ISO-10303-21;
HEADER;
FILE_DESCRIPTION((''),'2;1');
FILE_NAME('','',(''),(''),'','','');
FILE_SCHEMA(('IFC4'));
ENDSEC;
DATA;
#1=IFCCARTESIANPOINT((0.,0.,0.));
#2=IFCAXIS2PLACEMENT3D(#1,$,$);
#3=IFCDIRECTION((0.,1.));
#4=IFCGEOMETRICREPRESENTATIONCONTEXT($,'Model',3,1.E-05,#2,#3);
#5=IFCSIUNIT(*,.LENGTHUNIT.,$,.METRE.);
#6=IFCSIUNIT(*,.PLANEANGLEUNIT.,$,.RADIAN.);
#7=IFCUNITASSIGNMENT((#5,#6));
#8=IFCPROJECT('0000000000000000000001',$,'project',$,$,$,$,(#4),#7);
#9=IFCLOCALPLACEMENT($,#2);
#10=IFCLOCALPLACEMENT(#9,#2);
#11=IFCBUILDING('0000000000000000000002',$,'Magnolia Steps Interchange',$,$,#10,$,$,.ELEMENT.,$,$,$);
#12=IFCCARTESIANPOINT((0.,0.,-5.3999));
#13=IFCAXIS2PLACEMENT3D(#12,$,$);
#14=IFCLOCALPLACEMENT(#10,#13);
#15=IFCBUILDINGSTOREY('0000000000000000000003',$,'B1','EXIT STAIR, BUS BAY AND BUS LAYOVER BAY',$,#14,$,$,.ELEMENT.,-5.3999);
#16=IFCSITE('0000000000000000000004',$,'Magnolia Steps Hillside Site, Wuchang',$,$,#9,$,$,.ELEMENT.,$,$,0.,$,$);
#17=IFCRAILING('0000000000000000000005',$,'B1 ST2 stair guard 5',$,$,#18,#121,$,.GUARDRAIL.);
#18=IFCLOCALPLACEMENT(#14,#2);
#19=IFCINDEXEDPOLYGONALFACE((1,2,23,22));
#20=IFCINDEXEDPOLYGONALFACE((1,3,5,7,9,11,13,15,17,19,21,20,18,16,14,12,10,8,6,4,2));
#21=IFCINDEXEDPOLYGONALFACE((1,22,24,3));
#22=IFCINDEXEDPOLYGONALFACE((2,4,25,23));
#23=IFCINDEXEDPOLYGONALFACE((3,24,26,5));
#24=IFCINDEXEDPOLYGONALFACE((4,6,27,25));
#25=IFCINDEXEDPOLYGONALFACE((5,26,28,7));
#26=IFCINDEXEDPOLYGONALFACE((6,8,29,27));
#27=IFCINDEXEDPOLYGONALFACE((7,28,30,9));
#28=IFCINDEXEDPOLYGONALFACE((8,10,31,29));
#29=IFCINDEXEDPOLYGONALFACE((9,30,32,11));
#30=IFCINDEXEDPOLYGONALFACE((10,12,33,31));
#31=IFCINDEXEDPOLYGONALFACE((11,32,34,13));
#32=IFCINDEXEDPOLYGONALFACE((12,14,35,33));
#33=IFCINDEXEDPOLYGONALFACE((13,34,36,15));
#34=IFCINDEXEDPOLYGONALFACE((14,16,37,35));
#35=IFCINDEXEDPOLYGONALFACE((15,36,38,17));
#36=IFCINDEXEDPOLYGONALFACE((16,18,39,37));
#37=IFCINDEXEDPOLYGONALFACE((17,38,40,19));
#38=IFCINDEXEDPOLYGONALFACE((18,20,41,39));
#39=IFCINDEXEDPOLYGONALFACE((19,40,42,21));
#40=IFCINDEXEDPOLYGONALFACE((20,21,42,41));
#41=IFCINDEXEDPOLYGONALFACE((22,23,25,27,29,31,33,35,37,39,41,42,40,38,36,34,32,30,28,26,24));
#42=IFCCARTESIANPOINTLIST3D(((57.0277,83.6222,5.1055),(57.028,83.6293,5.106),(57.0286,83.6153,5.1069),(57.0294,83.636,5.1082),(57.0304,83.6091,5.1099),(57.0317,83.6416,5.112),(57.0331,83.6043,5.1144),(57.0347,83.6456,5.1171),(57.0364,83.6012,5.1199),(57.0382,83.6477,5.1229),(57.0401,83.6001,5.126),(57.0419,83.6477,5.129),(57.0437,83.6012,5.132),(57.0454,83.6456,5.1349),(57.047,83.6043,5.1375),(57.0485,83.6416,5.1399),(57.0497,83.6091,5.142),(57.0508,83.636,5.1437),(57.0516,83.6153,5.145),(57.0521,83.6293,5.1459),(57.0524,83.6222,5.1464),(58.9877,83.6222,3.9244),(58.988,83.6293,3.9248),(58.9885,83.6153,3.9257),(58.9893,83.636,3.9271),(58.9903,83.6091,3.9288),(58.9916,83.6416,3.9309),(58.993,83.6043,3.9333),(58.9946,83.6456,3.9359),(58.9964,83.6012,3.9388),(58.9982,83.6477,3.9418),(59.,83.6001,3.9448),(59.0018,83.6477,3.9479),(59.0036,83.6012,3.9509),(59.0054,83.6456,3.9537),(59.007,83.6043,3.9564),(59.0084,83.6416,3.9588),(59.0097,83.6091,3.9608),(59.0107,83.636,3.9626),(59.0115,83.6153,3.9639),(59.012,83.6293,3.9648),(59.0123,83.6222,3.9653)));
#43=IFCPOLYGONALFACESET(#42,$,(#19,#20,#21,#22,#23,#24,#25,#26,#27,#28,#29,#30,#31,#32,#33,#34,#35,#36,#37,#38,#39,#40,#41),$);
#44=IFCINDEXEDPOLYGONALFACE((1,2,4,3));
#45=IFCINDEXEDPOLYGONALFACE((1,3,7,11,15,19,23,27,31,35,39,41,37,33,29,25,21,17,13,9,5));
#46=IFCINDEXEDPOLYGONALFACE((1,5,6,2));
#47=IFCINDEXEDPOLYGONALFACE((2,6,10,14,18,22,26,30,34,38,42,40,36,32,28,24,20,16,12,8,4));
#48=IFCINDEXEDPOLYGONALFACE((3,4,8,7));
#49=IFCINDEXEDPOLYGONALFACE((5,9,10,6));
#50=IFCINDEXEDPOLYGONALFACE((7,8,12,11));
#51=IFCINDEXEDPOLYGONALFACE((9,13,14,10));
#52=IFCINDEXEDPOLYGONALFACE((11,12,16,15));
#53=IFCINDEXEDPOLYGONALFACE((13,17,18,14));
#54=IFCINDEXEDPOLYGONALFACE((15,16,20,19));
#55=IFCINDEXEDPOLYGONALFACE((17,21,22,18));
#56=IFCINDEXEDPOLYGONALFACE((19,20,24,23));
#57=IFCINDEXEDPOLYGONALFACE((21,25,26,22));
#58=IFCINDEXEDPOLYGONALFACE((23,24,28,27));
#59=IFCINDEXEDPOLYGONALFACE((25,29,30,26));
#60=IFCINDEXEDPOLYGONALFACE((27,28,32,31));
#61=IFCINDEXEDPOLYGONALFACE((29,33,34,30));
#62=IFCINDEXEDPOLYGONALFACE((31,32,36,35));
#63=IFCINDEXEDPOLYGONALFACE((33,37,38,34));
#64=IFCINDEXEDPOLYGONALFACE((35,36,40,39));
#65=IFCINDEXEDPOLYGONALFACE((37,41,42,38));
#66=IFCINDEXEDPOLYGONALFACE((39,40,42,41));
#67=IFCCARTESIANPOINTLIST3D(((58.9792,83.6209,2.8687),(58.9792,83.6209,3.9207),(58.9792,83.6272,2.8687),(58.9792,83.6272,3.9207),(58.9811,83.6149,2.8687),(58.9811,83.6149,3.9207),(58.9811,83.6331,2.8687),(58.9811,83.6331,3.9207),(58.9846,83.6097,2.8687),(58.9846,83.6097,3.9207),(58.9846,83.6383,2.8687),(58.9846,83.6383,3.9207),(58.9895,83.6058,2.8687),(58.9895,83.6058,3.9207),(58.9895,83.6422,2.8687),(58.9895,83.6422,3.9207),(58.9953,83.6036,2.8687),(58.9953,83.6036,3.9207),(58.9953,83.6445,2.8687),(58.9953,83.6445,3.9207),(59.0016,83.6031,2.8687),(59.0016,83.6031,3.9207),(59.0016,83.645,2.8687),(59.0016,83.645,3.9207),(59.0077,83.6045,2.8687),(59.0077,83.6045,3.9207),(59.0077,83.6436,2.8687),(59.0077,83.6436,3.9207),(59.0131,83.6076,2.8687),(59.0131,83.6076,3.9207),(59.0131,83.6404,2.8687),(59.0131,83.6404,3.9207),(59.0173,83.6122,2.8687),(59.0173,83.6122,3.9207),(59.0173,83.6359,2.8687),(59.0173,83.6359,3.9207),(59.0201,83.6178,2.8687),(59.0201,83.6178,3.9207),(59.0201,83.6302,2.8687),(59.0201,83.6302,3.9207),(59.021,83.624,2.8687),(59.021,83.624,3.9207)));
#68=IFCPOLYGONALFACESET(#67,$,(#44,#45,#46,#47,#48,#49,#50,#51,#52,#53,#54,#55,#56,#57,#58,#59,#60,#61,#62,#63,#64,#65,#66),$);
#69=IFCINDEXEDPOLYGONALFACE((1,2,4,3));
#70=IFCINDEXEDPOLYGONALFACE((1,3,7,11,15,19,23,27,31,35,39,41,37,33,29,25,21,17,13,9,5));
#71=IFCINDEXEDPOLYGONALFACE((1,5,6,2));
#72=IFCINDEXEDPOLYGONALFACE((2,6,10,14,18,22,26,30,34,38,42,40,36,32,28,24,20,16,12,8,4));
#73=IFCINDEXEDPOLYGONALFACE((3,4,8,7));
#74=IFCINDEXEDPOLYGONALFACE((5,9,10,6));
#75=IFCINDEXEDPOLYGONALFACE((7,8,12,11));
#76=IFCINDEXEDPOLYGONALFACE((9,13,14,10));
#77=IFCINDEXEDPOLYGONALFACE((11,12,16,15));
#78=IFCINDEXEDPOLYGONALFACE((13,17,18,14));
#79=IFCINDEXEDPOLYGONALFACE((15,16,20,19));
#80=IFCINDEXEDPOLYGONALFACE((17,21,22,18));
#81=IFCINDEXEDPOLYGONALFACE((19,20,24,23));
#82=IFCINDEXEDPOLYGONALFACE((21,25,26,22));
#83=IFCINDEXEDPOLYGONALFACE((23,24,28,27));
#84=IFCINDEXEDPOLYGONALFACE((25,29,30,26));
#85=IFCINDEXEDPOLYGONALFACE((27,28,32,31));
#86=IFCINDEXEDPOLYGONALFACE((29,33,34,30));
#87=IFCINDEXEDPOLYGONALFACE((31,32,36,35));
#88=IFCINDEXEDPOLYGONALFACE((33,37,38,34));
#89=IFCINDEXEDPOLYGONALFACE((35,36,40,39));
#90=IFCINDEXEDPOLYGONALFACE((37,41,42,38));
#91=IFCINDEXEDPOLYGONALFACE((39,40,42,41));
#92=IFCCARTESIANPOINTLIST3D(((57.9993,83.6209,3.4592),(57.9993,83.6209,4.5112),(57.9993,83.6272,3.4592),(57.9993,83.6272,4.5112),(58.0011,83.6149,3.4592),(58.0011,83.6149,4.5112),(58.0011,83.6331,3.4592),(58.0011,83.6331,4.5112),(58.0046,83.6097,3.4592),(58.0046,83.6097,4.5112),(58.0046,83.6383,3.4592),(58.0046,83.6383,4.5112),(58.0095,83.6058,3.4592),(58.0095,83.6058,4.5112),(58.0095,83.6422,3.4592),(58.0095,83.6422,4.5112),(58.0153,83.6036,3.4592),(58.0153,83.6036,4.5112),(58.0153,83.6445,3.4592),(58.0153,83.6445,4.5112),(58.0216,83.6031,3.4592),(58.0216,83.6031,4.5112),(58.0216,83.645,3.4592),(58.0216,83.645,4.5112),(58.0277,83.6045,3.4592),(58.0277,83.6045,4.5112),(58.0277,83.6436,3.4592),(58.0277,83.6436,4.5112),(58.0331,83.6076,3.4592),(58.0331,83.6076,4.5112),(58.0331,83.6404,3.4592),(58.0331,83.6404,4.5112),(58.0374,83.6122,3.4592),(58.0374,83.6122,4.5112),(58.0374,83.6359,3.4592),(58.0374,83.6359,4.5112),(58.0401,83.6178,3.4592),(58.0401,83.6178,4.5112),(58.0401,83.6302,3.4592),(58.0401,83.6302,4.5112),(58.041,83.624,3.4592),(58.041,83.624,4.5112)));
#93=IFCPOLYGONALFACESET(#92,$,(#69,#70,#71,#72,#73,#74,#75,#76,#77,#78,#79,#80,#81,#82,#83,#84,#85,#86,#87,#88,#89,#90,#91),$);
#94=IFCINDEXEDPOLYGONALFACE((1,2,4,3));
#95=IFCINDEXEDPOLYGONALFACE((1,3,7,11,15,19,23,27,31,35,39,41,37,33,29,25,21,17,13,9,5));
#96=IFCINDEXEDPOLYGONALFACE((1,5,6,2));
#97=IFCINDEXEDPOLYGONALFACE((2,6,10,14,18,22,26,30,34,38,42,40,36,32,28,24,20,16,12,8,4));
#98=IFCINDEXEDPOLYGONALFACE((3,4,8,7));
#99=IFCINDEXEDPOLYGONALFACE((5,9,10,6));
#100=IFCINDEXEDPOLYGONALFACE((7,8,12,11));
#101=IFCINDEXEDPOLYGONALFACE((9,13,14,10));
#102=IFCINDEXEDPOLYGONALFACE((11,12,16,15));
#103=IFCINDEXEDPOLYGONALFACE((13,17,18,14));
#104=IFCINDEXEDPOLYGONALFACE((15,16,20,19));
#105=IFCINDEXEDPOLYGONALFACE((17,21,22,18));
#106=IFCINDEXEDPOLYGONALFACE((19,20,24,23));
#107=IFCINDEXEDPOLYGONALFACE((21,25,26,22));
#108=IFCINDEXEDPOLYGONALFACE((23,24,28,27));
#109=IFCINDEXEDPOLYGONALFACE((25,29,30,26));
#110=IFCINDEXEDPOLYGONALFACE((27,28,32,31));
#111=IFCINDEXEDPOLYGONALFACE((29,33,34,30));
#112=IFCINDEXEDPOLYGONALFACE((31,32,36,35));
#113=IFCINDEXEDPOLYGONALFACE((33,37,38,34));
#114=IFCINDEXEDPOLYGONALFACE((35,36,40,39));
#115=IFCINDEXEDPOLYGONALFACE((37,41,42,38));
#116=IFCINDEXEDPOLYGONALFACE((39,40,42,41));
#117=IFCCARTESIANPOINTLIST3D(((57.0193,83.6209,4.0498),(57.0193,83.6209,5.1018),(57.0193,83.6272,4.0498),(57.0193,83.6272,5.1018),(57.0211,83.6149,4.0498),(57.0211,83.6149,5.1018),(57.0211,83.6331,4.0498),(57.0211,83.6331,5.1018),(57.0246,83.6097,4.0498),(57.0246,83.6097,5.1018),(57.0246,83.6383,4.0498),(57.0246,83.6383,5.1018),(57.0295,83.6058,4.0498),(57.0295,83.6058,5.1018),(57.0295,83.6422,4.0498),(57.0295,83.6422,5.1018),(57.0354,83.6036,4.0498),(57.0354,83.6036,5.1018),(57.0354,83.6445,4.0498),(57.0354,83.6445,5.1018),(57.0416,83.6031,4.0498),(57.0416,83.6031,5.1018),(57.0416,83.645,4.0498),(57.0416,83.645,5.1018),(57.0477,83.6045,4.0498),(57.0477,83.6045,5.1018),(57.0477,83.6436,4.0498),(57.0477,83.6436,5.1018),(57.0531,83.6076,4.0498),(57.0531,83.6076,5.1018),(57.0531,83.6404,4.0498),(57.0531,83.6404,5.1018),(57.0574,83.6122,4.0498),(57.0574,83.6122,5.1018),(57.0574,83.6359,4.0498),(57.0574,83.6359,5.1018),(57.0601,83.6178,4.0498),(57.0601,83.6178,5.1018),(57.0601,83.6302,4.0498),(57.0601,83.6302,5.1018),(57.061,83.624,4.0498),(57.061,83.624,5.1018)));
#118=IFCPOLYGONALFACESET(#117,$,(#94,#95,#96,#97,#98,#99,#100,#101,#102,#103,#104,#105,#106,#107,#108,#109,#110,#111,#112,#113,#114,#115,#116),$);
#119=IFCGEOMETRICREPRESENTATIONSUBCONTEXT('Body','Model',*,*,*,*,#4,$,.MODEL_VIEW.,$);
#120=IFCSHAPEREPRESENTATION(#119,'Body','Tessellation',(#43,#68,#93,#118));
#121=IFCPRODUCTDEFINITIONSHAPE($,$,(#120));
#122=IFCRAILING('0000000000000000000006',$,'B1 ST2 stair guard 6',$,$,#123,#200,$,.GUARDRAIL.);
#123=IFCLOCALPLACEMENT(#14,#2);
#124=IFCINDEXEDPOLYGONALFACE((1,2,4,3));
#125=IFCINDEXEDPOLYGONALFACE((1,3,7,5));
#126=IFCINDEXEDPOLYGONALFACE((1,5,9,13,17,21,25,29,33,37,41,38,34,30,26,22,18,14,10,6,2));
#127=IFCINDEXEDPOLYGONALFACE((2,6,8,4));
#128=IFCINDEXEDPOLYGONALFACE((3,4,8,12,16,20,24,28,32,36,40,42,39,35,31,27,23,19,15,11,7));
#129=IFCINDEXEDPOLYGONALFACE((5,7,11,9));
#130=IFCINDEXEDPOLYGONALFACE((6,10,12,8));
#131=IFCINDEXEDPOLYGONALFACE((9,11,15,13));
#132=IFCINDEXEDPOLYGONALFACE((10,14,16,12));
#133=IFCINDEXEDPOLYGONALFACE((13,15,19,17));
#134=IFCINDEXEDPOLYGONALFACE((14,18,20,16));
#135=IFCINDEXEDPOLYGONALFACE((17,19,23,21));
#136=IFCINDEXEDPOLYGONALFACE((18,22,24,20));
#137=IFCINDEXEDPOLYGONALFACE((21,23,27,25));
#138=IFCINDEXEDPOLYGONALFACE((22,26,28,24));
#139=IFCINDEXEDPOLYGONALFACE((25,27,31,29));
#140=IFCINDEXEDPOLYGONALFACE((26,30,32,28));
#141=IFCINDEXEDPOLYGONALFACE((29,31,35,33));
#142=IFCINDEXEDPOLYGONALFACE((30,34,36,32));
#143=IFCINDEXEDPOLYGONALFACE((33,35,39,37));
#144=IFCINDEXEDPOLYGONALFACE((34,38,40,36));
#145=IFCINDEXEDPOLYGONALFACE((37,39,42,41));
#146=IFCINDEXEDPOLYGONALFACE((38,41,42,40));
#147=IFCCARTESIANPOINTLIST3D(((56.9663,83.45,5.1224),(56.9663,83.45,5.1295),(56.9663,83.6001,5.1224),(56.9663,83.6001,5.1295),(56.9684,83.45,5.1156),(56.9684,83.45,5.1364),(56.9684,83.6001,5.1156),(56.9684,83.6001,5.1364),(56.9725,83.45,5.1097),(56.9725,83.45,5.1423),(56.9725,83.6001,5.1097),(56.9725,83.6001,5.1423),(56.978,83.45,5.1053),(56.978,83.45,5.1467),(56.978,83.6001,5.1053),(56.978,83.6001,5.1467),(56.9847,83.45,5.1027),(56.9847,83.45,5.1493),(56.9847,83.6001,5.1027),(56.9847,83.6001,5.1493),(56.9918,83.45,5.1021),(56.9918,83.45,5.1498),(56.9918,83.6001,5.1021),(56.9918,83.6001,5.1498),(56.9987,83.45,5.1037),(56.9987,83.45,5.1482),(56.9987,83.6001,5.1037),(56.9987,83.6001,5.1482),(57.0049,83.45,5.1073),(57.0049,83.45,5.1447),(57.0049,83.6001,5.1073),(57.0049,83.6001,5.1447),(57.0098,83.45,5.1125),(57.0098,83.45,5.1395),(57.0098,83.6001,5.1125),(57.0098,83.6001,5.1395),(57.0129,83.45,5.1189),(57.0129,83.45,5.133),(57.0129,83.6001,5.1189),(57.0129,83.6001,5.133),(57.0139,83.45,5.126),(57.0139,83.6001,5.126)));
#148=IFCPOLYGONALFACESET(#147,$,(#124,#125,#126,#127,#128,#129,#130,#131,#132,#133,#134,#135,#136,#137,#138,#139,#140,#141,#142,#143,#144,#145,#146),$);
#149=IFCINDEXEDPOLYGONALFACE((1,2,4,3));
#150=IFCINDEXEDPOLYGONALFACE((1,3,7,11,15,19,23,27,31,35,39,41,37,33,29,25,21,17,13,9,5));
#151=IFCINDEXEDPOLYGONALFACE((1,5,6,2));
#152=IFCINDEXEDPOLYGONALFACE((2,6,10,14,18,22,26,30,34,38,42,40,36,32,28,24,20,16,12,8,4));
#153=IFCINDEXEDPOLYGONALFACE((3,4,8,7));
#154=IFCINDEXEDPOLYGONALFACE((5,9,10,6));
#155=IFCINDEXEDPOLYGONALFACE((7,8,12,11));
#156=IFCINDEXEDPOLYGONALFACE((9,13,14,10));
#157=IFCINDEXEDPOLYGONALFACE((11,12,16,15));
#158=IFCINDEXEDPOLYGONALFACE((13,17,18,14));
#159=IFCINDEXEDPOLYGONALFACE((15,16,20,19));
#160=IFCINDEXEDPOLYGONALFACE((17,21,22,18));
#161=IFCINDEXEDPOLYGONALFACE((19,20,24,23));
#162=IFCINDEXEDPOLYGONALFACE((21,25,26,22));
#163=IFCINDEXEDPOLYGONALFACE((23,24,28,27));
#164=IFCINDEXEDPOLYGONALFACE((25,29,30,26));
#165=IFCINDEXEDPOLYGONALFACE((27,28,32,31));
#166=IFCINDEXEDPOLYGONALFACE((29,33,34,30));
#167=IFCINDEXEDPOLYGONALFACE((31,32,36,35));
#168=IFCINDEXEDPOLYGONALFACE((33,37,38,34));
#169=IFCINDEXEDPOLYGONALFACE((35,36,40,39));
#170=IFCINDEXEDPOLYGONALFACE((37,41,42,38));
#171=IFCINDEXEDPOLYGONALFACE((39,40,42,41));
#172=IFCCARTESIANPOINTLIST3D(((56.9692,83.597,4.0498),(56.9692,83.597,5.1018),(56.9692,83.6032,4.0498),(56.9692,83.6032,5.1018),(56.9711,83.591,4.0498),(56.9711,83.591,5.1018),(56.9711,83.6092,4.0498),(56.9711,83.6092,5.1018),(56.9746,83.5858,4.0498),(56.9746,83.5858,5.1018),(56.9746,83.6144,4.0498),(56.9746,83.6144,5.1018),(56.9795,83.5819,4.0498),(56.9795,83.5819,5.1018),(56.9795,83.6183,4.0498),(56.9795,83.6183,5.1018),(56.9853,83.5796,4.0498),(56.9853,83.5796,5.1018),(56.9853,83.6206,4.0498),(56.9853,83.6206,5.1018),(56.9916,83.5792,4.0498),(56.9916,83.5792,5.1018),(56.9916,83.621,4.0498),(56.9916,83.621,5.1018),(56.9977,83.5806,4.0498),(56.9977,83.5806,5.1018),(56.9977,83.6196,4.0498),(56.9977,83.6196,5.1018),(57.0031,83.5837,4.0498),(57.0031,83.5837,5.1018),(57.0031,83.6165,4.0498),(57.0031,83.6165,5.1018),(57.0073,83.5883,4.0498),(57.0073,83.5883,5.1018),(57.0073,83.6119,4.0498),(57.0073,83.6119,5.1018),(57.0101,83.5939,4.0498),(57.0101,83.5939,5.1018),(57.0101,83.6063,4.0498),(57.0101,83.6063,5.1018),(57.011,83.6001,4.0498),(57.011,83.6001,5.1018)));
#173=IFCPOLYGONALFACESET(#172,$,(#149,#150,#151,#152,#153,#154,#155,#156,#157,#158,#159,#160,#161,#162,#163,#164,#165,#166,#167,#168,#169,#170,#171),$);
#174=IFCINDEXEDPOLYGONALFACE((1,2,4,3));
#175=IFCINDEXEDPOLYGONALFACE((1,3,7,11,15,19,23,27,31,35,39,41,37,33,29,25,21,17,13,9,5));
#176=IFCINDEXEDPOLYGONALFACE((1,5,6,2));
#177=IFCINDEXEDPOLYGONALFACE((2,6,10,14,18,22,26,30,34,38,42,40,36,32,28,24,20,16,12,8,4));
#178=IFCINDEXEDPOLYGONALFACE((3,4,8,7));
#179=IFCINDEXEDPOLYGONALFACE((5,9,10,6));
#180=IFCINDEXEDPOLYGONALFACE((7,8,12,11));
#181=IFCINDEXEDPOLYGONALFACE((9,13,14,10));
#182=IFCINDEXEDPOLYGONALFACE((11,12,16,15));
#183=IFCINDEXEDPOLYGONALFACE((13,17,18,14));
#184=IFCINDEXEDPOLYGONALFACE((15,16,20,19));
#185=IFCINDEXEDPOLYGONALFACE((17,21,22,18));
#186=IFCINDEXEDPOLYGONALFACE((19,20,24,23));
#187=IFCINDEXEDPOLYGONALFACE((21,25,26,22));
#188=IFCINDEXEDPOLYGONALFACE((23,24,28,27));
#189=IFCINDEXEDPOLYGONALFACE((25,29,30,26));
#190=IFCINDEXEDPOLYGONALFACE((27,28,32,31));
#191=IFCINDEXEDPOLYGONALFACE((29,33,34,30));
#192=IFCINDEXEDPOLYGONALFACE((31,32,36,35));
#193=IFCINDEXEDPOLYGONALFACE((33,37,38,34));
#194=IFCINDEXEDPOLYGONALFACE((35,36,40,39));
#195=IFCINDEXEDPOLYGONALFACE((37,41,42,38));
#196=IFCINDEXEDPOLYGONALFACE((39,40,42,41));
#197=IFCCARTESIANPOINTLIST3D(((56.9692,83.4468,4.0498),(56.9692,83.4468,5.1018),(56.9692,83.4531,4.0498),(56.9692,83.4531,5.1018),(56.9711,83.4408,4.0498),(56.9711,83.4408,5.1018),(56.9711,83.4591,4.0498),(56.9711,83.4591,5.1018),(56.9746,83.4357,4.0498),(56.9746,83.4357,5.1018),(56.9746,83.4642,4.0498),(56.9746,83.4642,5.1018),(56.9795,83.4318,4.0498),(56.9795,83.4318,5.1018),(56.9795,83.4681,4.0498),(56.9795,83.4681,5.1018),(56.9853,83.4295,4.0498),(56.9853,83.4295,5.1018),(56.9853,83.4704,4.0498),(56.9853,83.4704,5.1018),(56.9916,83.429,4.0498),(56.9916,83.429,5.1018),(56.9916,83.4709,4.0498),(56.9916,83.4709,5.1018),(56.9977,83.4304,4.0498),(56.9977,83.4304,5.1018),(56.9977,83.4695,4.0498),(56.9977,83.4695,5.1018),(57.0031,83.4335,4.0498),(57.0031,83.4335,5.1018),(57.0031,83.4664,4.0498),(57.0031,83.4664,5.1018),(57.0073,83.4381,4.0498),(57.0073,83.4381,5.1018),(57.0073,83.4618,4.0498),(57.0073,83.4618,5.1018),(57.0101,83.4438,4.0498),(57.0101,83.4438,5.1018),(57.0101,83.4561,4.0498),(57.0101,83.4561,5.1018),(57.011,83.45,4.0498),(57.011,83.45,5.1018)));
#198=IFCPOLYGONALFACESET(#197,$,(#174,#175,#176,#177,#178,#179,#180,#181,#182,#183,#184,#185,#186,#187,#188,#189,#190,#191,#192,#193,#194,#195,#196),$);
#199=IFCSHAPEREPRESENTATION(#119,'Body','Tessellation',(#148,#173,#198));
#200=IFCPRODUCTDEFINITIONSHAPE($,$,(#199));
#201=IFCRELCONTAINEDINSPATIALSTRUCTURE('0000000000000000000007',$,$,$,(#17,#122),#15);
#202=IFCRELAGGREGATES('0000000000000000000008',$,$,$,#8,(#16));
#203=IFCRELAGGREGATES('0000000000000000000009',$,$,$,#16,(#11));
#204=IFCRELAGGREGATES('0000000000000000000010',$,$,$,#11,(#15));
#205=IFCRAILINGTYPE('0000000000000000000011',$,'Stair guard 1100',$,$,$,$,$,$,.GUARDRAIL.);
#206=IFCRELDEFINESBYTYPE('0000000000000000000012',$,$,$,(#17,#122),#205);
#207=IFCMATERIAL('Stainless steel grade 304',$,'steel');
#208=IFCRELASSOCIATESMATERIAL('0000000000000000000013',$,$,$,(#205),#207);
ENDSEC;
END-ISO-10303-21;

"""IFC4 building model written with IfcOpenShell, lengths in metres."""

from ifc_helpers import new_model, si_unit, direction, frame, origin, origin_2d, place, context, subcontext, project, spatial, circle, extrude, material, type_object, element, save


model = new_model("IFC4")

# Units and contexts
model_context = context("Model", 3, precision=1e-05, world=origin(), true_north=direction((0.0, 1.0)))
body_context = subcontext(model_context, "Body", "Model", "MODEL_VIEW")
ifc_project = project(units=[si_unit("LENGTHUNIT", "METRE"), si_unit("PLANEANGLEUNIT", "RADIAN")], contexts=[model_context])

# Site, building, storey
site_placement = place(None, origin())
site = spatial("IfcSite", under=ifc_project, at=site_placement, Name="Magnolia Steps Hillside Site, Wuchang", CompositionType="ELEMENT", RefElevation=0.0)
building_placement = place(site_placement, origin())
building = spatial("IfcBuilding", under=site, at=building_placement, Name="Magnolia Steps Interchange", CompositionType="ELEMENT")
storey_placement = place(building_placement, frame((0.0, 0.0, -5.3999)))
storey = spatial("IfcBuildingStorey", under=building, at=storey_placement, Name="B1", Description="EXIT STAIR, BUS BAY AND BUS LAYOVER BAY", CompositionType="ELEMENT", Elevation=-5.3999)

# Railings
ifc_material_1 = material(Name="Stainless steel grade 304", Category="steel")
railing_type_1 = type_object("IfcRailingType", Name="Stair guard 1100", PredefinedType="GUARDRAIL", material=ifc_material_1)
railing_1_placement = place(storey_placement, frame((59.0, 83.624, 2.8687)))
element("IfcRailing", 1, at=railing_1_placement, inside=storey, type_object=railing_type_1, Name="B1 ST2 stair guard 5", PredefinedType="GUARDRAIL", context=body_context, shape_type="SweptSolid", body=[
    extrude(circle(Radius=0.0239, at=origin_2d()), frame((0.0, 0.0, 1.0762), z_axis=(-0.856493, 0.0, 0.516158), x_axis=(0.0, -1.0, 0.0)), (0.0, 0.0, 1.0), 2.2883),
    extrude(circle(Radius=0.021, at=origin_2d()), origin(), (0.0, 0.0, 1.0), 1.052),
    extrude(circle(Radius=0.021, at=origin_2d()), frame((-0.98, 0.0, 0.5906)), (0.0, 0.0, 1.0), 1.052),
    extrude(circle(Radius=0.021, at=origin_2d()), frame((-1.96, 0.0, 1.1812)), (0.0, 0.0, 1.0), 1.052),
])
railing_2_placement = place(storey_placement, frame((56.99, 83.6001, 4.0498)))
element("IfcRailing", 2, at=railing_2_placement, inside=storey, type_object=railing_type_1, Name="B1 ST2 stair guard 6", PredefinedType="GUARDRAIL", context=body_context, shape_type="SweptSolid", body=[
    extrude(circle(Radius=0.0239, at=origin_2d()), frame((0.0, 0.0, 1.0762), z_axis=(0.0, -1.0, 0.0), x_axis=(1.0, 0.0, 0.0)), (0.0, 0.0, 1.0), 0.1501),
    extrude(circle(Radius=0.021, at=origin_2d()), origin(), (0.0, 0.0, 1.0), 1.052),
    extrude(circle(Radius=0.021, at=origin_2d()), frame((0.0, -0.1501, 0.0)), (0.0, 0.0, 1.0), 1.052),
])

save(model, "model.ifc")
